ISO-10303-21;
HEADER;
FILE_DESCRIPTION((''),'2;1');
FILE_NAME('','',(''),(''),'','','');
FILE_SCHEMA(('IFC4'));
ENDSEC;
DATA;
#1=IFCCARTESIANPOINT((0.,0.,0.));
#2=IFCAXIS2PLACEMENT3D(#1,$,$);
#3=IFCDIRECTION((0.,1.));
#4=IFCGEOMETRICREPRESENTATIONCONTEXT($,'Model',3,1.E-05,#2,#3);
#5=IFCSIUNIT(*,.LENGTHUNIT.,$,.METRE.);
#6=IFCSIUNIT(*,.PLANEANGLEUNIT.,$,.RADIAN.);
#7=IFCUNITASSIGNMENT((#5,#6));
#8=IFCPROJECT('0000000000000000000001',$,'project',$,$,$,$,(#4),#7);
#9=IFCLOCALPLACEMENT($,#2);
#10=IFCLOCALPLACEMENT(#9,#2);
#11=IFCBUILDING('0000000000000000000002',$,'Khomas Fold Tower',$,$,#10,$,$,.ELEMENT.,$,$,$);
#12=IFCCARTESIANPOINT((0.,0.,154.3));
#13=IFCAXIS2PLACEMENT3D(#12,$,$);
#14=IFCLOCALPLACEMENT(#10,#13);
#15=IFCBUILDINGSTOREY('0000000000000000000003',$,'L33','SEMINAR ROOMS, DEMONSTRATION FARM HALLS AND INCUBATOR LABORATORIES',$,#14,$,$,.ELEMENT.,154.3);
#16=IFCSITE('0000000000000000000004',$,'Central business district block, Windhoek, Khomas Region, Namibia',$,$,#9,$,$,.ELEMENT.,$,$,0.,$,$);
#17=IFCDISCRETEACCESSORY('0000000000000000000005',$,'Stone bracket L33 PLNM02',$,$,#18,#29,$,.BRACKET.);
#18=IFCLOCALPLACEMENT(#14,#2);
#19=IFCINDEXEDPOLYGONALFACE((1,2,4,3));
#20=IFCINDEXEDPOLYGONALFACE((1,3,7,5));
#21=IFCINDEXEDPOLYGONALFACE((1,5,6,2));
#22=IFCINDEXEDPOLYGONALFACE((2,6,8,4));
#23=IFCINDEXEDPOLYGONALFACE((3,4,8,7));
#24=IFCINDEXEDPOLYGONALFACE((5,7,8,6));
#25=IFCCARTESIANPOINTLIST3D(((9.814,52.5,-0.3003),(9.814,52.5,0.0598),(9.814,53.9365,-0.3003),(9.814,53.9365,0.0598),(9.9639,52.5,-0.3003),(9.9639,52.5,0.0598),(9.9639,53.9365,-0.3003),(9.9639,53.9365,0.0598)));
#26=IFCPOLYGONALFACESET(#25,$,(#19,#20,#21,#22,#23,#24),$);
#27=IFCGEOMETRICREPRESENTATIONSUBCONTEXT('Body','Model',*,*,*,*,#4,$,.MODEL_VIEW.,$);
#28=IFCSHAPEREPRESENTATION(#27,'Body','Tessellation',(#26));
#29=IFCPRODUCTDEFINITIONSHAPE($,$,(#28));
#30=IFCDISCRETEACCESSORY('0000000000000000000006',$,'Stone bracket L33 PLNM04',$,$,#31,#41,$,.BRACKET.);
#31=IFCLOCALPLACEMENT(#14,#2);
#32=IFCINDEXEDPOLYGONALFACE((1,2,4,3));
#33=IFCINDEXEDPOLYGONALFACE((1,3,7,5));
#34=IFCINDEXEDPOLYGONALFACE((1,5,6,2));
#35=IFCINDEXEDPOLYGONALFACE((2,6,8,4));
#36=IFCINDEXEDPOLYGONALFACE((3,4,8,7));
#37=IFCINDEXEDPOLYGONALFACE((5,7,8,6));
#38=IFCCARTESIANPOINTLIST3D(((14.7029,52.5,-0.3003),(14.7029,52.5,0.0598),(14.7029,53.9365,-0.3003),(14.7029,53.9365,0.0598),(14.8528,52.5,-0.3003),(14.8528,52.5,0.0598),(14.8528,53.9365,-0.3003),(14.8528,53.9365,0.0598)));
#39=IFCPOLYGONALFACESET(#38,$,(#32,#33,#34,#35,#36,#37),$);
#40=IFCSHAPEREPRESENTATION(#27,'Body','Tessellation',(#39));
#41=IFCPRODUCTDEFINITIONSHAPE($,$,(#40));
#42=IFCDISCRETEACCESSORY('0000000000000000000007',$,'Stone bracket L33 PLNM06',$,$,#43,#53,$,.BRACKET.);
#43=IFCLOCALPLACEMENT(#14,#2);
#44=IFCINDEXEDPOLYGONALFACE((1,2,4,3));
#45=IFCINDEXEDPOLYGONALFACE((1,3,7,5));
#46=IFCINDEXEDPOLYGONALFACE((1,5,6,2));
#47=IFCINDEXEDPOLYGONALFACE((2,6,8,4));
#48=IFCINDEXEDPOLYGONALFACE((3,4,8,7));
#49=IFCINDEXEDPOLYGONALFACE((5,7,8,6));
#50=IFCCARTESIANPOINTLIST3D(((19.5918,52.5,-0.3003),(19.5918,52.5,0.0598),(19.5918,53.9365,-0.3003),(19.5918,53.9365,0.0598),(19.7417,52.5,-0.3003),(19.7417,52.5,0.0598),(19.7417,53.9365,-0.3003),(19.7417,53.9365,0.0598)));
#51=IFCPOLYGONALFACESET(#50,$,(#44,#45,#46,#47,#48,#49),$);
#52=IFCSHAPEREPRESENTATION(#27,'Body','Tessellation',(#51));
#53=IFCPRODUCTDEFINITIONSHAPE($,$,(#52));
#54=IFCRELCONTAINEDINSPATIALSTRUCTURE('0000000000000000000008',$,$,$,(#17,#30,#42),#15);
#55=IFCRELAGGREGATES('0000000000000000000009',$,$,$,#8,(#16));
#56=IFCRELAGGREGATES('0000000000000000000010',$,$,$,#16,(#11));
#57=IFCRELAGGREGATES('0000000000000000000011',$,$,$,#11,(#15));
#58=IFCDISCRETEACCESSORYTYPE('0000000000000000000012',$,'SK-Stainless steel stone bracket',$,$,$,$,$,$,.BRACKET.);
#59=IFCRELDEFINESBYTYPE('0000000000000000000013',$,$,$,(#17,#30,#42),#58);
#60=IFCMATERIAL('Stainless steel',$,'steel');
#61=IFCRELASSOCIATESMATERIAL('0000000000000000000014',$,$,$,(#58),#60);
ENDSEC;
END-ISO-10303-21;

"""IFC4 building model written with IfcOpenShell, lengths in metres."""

from ifc_helpers import new_model, si_unit, direction, frame, origin, origin_2d, place, context, subcontext, project, spatial, rectangle, extrude, source, transform, mapped, material, type_object, element, save


model = new_model("IFC4")

# Units and contexts
model_context = context("Model", 3, precision=1e-05, world=origin(), true_north=direction((0.0, 1.0)))
body_context = subcontext(model_context, "Body", "Model", "MODEL_VIEW")
ifc_project = project(units=[si_unit("LENGTHUNIT", "METRE"), si_unit("PLANEANGLEUNIT", "RADIAN")], contexts=[model_context])

# Site, building, storey
site_placement = place(None, origin())
site = spatial("IfcSite", under=ifc_project, at=site_placement, Name="Central business district block, Windhoek, Khomas Region, Namibia", CompositionType="ELEMENT", RefElevation=0.0)
building_placement = place(site_placement, origin())
building = spatial("IfcBuilding", under=site, at=building_placement, Name="Khomas Fold Tower", CompositionType="ELEMENT")
storey_placement = place(building_placement, frame((0.0, 0.0, 154.3)))
storey = spatial("IfcBuildingStorey", under=building, at=storey_placement, Name="L33", Description="SEMINAR ROOMS, DEMONSTRATION FARM HALLS AND INCUBATOR LABORATORIES", CompositionType="ELEMENT", Elevation=154.3)

# Discrete accessories
ifc_material_1 = material(Name="Stainless steel", Category="steel")
discrete_accessory_type = type_object("IfcDiscreteAccessoryType", Name="SK-Stainless steel stone bracket", PredefinedType="BRACKET", material=ifc_material_1)
shared_shape_1 = source(origin(), body_context, "Body", "SweptSolid", [
    extrude(rectangle(XDim=1.4365, YDim=0.1499, at=origin_2d()), origin(), (0.0, 0.0, 1.0), 0.3601),
])
for number, where, z_axis, x_axis, name in (
    (1, (9.8889, 53.2183, -0.3003), (0.0, 0.0, 1.0), (0.0, 1.0, 0.0), "Stone bracket L33 PLNM02"),
    (2, (14.7778, 53.2183, -0.3003), (0.0, 0.0, 1.0), (0.0, 1.0, 0.0), "Stone bracket L33 PLNM04"),
    (3, (19.6667, 53.2183, -0.3003), (0.0, 0.0, 1.0), (0.0, 1.0, 0.0), "Stone bracket L33 PLNM06"),
):
    element("IfcDiscreteAccessory", number, at=place(storey_placement, frame(where, z_axis=z_axis, x_axis=x_axis)), inside=storey, type_object=discrete_accessory_type, Name=name, PredefinedType="BRACKET", context=body_context, shape_type="MappedRepresentation", body=[
        mapped(shared_shape_1, transform((0.0, 0.0, 0.0))),
    ])

save(model, "model.ifc")
